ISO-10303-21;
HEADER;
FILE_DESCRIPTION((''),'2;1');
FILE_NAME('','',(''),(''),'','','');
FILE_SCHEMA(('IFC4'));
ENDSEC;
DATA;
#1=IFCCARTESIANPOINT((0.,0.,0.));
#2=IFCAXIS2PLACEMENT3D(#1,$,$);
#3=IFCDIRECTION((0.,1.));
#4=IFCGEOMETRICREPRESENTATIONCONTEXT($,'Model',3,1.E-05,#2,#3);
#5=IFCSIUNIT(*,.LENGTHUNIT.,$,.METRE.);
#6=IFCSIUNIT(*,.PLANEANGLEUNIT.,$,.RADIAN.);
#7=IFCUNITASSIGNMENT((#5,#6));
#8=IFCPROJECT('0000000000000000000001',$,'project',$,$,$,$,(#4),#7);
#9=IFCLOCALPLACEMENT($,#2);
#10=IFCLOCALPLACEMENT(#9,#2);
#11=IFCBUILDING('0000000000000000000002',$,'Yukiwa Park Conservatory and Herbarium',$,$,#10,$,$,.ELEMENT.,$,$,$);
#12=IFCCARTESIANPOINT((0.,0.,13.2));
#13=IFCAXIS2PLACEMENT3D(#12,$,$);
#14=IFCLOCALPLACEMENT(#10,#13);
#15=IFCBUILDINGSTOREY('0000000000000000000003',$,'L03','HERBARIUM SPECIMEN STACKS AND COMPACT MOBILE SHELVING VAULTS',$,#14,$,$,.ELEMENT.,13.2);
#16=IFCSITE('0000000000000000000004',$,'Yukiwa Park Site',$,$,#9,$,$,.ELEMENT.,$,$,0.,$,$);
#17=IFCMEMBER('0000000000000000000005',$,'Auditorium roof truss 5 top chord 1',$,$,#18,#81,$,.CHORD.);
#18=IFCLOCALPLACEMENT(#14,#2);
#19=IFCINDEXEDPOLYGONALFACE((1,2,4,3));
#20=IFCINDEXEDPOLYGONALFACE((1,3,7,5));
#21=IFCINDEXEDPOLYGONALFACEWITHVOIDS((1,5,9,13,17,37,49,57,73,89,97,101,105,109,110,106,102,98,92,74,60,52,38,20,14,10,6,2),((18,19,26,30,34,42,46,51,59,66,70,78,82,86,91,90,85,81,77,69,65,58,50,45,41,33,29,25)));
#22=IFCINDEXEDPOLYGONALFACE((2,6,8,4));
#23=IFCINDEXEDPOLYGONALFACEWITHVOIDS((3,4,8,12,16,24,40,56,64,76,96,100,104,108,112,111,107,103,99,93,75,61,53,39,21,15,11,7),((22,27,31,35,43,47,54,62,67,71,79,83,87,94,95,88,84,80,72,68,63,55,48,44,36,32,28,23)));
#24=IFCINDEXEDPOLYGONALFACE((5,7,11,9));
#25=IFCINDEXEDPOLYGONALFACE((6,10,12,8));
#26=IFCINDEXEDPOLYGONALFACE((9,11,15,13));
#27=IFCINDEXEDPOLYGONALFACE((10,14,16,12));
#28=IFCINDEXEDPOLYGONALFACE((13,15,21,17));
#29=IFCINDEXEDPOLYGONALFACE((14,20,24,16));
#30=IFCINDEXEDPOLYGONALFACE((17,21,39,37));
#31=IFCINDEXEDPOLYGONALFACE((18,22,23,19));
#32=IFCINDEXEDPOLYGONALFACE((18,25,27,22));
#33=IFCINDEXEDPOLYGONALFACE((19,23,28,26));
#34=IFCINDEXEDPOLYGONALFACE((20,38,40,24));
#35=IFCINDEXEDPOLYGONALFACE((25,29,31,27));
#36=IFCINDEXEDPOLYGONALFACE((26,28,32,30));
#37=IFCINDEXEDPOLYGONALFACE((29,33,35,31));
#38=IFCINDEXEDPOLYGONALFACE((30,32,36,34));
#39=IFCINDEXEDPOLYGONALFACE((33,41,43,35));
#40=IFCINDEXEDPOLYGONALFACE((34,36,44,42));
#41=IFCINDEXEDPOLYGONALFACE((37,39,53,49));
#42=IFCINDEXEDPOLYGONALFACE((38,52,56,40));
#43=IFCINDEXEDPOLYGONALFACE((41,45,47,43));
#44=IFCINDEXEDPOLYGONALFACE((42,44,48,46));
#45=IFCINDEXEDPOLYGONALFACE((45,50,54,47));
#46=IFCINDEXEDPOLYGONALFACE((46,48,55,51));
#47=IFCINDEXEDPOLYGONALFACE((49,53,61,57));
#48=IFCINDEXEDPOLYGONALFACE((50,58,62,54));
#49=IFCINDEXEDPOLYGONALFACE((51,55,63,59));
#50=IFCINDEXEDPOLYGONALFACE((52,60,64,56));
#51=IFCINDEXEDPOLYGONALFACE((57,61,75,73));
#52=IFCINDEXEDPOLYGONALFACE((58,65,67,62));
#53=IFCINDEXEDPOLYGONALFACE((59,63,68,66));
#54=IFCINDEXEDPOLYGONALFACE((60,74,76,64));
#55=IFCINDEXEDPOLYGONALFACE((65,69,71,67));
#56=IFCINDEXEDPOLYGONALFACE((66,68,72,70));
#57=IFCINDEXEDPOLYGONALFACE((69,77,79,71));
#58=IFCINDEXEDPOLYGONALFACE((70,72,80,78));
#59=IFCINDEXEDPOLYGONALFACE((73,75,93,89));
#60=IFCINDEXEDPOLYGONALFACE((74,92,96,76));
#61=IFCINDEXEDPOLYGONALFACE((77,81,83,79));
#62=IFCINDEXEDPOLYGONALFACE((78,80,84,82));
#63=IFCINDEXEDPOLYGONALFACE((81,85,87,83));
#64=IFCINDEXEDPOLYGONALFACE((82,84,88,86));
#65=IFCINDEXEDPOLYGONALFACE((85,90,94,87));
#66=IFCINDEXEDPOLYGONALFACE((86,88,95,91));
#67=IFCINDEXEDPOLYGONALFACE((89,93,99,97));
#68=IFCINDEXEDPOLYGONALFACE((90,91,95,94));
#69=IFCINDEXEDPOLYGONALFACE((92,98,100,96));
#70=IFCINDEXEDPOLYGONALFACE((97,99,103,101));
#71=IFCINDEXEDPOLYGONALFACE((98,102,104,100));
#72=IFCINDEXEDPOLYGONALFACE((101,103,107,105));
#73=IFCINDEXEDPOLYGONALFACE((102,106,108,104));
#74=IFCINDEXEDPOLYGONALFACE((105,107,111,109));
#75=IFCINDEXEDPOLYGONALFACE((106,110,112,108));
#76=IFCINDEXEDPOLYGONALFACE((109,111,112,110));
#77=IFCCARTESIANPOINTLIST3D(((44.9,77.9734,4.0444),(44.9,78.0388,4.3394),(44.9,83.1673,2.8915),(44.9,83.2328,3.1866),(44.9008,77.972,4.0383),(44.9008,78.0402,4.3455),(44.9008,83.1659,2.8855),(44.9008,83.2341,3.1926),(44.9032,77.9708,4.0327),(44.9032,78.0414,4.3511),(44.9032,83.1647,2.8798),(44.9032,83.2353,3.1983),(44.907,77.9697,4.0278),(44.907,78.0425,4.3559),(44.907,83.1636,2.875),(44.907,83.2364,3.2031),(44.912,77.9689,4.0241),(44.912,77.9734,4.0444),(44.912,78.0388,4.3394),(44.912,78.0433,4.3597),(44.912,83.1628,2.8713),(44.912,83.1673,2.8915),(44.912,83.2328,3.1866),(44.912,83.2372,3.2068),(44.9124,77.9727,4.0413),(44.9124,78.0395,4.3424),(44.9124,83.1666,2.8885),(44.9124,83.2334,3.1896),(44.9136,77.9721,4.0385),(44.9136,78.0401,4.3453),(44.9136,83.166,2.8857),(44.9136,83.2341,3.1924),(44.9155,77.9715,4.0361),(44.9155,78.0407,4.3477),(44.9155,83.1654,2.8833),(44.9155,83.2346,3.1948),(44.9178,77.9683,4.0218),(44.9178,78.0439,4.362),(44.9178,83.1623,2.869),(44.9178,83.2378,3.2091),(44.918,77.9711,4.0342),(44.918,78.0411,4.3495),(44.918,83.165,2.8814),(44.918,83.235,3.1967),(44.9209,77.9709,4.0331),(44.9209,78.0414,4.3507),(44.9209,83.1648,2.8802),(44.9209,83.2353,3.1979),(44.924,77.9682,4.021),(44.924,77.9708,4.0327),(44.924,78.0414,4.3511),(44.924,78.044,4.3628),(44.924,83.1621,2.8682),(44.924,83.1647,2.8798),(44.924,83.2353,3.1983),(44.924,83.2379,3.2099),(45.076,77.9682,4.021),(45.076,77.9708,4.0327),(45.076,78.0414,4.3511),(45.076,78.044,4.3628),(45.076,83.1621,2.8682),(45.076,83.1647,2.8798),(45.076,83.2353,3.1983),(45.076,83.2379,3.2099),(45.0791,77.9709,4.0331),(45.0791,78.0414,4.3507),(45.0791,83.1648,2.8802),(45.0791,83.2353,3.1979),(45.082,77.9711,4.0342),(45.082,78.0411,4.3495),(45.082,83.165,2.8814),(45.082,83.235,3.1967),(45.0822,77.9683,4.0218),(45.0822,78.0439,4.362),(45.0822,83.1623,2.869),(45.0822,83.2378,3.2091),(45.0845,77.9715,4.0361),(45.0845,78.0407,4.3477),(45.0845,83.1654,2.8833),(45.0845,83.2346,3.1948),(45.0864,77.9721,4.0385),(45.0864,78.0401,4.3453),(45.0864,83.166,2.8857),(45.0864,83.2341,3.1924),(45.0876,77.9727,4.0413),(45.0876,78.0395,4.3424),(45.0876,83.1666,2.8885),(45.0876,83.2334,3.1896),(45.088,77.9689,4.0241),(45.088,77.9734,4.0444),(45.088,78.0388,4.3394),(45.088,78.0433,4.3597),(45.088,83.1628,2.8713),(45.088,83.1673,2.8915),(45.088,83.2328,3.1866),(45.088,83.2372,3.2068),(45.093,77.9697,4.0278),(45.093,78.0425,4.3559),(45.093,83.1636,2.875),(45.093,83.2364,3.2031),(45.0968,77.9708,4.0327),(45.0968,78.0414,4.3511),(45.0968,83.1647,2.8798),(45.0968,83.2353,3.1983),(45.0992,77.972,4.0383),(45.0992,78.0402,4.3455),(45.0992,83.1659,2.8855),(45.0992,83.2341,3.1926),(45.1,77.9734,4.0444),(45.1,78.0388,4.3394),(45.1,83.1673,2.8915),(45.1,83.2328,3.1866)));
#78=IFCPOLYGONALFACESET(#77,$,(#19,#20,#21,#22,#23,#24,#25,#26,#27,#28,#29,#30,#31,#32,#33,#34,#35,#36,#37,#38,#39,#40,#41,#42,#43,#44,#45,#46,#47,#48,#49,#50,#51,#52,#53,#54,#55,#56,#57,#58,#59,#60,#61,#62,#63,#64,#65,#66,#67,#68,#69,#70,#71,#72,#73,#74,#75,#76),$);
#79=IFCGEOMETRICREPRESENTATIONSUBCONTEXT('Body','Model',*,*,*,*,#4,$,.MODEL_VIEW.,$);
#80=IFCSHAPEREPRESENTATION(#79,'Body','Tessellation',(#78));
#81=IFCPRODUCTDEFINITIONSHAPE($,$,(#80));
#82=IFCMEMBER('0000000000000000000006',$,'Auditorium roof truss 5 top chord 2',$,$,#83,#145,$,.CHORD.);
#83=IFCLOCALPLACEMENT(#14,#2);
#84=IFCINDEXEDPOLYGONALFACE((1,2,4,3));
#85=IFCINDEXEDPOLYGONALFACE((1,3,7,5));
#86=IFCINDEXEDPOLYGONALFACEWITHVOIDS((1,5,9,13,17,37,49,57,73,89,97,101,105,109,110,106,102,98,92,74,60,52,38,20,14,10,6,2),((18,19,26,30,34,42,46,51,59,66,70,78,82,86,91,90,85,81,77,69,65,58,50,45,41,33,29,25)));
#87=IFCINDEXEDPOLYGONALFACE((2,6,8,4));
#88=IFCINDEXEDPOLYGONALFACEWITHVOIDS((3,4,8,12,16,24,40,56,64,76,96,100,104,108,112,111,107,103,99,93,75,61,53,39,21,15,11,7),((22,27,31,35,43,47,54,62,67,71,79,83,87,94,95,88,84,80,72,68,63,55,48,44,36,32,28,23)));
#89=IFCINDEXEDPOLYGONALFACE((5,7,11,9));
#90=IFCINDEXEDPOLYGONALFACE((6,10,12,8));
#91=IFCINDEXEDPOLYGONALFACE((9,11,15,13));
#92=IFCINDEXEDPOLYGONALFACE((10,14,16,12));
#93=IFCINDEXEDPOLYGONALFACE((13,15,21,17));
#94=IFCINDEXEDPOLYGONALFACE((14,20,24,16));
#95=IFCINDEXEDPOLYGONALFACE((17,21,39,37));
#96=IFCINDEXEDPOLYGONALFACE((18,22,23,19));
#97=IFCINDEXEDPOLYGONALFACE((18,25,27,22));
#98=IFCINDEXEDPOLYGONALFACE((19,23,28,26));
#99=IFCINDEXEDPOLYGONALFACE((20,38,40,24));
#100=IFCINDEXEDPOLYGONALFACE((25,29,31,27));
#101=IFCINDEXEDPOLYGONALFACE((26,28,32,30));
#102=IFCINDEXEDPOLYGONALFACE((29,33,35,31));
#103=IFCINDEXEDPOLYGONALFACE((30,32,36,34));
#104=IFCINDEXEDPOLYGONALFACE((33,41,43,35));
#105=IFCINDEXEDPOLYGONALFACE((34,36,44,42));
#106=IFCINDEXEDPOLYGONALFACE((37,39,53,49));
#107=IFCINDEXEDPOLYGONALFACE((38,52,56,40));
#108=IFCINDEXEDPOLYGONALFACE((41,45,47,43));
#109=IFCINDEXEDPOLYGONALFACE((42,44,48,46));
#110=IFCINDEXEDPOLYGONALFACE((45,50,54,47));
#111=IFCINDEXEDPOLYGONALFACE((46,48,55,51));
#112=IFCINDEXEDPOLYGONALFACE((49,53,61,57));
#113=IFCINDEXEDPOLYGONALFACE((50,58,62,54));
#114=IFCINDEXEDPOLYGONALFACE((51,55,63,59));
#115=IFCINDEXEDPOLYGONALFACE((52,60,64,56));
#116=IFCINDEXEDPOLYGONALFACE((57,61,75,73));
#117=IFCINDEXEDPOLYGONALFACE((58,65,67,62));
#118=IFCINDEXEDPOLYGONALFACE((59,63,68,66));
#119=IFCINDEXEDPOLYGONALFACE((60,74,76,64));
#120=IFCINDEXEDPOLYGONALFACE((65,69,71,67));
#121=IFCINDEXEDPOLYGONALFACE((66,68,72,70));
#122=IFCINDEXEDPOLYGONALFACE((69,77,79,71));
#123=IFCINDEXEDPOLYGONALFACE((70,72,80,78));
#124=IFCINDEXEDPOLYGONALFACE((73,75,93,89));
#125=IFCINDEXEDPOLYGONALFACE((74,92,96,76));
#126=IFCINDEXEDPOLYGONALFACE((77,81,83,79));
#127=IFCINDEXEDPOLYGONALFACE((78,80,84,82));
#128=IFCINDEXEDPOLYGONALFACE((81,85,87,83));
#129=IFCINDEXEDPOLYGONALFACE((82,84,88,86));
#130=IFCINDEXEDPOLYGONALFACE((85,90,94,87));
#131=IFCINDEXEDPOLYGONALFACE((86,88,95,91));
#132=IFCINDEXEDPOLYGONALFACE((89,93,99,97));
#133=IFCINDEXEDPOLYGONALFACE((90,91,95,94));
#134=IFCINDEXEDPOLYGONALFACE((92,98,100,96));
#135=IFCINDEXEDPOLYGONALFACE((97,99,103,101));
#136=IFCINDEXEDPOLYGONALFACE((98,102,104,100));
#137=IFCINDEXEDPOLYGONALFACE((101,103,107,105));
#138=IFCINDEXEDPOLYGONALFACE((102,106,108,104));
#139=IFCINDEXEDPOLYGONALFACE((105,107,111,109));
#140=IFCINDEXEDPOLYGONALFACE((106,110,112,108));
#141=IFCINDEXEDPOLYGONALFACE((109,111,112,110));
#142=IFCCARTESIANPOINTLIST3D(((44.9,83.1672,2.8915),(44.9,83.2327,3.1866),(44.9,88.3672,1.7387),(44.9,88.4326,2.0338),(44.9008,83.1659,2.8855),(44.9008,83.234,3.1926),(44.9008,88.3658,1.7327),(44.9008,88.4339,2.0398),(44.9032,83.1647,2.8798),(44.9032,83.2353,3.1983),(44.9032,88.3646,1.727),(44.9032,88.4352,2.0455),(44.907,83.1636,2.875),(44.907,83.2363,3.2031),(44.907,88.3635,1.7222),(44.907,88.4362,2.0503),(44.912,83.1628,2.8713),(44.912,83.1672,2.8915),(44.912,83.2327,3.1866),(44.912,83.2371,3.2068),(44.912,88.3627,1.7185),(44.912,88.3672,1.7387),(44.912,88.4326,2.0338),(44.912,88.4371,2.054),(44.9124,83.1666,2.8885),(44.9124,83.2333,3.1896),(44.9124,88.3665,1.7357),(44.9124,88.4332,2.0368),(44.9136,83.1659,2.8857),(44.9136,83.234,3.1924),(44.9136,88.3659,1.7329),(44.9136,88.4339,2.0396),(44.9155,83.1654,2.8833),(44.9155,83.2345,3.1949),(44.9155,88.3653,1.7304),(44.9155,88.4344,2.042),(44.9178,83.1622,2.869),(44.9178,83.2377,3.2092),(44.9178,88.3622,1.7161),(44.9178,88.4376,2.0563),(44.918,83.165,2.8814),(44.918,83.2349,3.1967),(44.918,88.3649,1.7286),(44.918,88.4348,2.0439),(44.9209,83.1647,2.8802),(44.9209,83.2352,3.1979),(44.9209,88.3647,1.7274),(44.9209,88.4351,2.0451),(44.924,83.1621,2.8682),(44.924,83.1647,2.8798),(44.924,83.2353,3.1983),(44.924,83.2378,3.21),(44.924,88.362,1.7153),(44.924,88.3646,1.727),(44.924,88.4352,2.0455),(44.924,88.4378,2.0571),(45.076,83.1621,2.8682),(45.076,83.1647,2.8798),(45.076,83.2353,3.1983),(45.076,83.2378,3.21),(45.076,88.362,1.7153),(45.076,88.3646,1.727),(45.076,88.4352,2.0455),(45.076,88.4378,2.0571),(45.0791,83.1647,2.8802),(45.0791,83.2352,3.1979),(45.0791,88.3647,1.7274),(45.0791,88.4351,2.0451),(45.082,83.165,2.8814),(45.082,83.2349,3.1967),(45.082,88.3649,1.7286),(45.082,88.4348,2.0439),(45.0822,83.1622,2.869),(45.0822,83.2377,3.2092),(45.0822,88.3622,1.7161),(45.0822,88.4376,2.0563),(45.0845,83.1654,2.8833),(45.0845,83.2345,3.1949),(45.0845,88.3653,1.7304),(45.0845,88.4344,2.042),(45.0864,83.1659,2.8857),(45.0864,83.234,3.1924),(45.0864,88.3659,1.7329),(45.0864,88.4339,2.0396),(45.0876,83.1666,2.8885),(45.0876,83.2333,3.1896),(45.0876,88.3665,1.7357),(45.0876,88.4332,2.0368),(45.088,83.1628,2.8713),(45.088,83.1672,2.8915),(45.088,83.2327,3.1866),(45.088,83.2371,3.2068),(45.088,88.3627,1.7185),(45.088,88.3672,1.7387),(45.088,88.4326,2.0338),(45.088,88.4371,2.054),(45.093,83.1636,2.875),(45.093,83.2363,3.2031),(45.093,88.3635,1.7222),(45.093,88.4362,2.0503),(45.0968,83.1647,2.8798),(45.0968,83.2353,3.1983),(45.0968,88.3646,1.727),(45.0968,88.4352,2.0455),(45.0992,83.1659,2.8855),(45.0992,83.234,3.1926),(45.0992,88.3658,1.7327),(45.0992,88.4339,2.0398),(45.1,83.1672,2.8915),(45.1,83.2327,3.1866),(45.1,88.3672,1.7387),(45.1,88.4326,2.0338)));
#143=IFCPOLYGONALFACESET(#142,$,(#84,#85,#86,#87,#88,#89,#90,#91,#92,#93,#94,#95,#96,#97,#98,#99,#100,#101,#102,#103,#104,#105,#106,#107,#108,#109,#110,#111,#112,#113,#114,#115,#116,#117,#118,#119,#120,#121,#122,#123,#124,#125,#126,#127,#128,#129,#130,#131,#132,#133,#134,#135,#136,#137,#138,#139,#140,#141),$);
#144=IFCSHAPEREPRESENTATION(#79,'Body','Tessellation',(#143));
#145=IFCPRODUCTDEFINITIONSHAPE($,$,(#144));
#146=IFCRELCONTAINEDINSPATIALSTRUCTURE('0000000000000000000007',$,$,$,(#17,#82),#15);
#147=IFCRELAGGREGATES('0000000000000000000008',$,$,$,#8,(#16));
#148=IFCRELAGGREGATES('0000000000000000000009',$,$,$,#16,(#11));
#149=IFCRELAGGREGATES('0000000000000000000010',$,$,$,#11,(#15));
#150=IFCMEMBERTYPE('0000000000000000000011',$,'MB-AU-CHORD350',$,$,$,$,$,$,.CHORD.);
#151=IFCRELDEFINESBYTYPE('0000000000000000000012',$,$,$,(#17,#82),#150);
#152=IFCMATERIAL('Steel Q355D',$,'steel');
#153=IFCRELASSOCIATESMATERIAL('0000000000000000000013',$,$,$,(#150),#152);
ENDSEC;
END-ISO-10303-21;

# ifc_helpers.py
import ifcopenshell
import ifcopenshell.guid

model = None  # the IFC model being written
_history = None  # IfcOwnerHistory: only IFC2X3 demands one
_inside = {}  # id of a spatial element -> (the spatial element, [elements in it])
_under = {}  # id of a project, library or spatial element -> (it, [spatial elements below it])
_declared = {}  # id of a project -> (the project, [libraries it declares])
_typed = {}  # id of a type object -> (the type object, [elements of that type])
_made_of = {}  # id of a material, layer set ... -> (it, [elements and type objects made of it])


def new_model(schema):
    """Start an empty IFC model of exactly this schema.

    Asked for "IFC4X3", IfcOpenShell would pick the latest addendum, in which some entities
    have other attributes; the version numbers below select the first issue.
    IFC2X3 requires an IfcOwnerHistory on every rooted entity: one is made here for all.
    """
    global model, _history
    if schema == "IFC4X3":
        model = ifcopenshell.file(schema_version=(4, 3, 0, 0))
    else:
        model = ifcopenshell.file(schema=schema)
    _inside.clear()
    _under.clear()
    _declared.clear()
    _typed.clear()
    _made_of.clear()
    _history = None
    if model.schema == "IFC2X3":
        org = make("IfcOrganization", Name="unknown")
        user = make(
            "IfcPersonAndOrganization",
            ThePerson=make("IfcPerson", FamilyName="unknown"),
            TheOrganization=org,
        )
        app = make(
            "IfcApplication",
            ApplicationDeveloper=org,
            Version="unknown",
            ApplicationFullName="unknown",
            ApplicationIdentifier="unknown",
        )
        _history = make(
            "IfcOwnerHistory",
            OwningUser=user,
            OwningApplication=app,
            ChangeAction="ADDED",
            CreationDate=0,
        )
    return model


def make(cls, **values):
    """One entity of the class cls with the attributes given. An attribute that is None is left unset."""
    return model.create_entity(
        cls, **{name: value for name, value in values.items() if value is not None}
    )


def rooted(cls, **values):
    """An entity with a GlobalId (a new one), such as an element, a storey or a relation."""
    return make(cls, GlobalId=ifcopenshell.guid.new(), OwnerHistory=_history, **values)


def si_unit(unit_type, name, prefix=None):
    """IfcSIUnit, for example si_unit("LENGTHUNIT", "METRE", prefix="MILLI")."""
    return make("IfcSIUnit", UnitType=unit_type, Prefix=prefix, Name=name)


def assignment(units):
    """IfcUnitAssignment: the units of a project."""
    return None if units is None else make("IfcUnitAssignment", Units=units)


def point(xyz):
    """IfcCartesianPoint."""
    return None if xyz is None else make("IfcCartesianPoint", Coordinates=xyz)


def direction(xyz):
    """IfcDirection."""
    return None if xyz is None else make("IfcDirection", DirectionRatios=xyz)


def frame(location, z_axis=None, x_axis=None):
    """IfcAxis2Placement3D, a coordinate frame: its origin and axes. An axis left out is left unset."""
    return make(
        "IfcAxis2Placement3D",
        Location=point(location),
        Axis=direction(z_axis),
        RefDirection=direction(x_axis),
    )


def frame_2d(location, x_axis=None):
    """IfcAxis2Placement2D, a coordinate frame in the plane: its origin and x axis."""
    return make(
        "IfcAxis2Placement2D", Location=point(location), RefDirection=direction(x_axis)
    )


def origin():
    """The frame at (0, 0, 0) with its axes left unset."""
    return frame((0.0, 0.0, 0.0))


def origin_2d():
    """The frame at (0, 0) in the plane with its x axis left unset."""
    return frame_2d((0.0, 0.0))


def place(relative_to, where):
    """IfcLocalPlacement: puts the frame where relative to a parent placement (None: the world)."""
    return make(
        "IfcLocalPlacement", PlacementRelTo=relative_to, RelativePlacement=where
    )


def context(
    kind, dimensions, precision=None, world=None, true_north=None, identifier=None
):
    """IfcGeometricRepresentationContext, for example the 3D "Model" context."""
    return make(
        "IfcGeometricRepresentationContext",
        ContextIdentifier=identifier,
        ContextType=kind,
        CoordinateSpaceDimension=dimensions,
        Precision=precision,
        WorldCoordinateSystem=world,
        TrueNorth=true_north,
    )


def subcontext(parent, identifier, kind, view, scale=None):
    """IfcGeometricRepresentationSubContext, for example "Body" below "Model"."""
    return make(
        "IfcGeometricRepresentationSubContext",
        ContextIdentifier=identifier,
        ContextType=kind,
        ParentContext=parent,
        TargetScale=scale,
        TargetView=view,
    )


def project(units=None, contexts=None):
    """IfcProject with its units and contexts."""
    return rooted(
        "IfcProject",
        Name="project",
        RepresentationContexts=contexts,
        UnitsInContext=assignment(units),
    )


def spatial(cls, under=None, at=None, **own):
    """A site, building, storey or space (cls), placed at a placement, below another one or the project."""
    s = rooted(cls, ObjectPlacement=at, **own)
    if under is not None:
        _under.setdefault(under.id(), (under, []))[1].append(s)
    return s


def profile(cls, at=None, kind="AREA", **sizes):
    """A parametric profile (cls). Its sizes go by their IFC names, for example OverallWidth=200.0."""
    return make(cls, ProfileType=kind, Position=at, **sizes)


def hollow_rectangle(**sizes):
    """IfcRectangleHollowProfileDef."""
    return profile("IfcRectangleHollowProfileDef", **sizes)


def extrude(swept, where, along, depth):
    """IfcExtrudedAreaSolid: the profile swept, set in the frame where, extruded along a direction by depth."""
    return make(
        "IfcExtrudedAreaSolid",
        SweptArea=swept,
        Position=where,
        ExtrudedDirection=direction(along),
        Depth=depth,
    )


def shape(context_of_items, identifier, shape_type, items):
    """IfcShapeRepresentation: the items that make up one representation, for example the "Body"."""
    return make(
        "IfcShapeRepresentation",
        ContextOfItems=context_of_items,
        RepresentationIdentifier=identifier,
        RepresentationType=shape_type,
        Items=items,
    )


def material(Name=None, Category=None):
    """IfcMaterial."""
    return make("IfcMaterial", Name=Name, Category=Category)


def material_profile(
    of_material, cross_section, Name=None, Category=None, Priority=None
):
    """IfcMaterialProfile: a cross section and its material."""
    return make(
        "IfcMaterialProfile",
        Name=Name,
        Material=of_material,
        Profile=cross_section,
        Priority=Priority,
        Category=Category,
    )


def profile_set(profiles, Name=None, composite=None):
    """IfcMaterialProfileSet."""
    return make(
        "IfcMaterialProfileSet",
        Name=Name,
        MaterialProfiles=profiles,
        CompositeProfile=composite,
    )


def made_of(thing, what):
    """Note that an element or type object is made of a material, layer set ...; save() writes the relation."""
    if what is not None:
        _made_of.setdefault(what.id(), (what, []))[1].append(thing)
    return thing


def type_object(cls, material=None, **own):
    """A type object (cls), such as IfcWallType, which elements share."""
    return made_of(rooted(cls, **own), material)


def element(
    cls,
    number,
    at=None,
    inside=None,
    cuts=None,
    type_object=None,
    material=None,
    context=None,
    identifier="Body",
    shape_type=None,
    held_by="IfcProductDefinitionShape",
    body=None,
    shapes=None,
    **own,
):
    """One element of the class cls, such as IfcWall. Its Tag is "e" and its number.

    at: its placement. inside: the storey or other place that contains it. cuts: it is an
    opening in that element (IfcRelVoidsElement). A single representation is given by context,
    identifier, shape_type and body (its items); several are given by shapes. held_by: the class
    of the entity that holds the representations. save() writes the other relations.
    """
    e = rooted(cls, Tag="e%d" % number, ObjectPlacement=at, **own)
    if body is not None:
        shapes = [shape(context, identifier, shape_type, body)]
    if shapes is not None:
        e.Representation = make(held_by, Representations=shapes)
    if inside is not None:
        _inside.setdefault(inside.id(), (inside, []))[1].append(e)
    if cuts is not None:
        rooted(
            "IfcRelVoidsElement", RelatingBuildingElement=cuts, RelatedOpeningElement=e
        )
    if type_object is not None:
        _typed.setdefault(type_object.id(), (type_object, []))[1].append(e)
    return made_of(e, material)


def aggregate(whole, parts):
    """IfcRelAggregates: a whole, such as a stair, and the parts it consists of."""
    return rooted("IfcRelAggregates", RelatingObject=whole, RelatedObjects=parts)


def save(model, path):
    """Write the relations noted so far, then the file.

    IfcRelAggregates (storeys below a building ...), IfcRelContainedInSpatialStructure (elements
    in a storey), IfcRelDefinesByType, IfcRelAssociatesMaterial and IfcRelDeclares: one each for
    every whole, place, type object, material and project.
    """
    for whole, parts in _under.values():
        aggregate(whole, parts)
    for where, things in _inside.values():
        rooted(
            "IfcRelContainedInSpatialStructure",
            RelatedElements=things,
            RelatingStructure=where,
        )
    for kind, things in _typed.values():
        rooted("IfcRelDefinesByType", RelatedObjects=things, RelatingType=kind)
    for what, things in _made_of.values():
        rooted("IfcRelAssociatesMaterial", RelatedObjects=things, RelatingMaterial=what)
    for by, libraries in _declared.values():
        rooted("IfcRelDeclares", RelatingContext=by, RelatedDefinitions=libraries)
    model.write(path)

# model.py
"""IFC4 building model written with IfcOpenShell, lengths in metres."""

from ifc_helpers import new_model, si_unit, direction, frame, origin, origin_2d, place, context, subcontext, project, spatial, hollow_rectangle, extrude, material, material_profile, profile_set, type_object, element, save


model = new_model("IFC4")

# Units and contexts
model_context = context("Model", 3, precision=1e-05, world=origin(), true_north=direction((0.0, 1.0)))
body_context = subcontext(model_context, "Body", "Model", "MODEL_VIEW")
ifc_project = project(units=[si_unit("LENGTHUNIT", "METRE"), si_unit("PLANEANGLEUNIT", "RADIAN")], contexts=[model_context])

# Site, building, storey
site_placement = place(None, origin())
site = spatial("IfcSite", under=ifc_project, at=site_placement, Name="Yukiwa Park Site", CompositionType="ELEMENT", RefElevation=0.0)
building_placement = place(site_placement, origin())
building = spatial("IfcBuilding", under=site, at=building_placement, Name="Yukiwa Park Conservatory and Herbarium", CompositionType="ELEMENT")
storey_placement = place(building_placement, frame((0.0, 0.0, 13.2)))
storey = spatial("IfcBuildingStorey", under=building, at=storey_placement, Name="L03", Description="HERBARIUM SPECIMEN STACKS AND COMPACT MOBILE SHELVING VAULTS", CompositionType="ELEMENT", Elevation=13.2)

# Members
ifc_material_1 = material(Name="Steel Q355D", Category="steel")
ifc_material_profile_1 = material_profile(ifc_material_1, hollow_rectangle(XDim=0.2, YDim=0.3501, WallThickness=0.012, InnerFilletRadius=0.012, OuterFilletRadius=0.0239, at=origin_2d()), Name="RHS 350x200x12")
ifc_profile_set_1 = profile_set([ifc_material_profile_1], Name="Steel Q355D")
member_type_1 = type_object("IfcMemberType", Name="MB-AU-CHORD350", PredefinedType="CHORD", material=ifc_profile_set_1)
member_1_placement = place(storey_placement, frame((45.0, 78.0061, 4.1919), z_axis=(0.0, 0.976241, -0.216688), x_axis=(-1.0, 0.0, 0.0)))
element("IfcMember", 1, at=member_1_placement, inside=storey, type_object=member_type_1, Name="Auditorium roof truss 5 top chord 1", PredefinedType="CHORD", context=body_context, shape_type="SweptSolid", body=[
    extrude(hollow_rectangle(XDim=0.2, YDim=0.3501, WallThickness=0.012, InnerFilletRadius=0.012, OuterFilletRadius=0.0239, at=origin_2d()), origin(), (0.0, 0.0, 1.0), 5.3203),
])
member_2_placement = place(storey_placement, frame((45.0, 83.2, 3.0391), z_axis=(0.0, 0.976295, -0.216445), x_axis=(-1.0, 0.0, 0.0)))
element("IfcMember", 2, at=member_2_placement, inside=storey, type_object=member_type_1, Name="Auditorium roof truss 5 top chord 2", PredefinedType="CHORD", context=body_context, shape_type="SweptSolid", body=[
    extrude(hollow_rectangle(XDim=0.2, YDim=0.3501, WallThickness=0.012, InnerFilletRadius=0.012, OuterFilletRadius=0.0239, at=origin_2d()), origin(), (0.0, 0.0, 1.0), 5.3262),
])

save(model, "model.ifc")
